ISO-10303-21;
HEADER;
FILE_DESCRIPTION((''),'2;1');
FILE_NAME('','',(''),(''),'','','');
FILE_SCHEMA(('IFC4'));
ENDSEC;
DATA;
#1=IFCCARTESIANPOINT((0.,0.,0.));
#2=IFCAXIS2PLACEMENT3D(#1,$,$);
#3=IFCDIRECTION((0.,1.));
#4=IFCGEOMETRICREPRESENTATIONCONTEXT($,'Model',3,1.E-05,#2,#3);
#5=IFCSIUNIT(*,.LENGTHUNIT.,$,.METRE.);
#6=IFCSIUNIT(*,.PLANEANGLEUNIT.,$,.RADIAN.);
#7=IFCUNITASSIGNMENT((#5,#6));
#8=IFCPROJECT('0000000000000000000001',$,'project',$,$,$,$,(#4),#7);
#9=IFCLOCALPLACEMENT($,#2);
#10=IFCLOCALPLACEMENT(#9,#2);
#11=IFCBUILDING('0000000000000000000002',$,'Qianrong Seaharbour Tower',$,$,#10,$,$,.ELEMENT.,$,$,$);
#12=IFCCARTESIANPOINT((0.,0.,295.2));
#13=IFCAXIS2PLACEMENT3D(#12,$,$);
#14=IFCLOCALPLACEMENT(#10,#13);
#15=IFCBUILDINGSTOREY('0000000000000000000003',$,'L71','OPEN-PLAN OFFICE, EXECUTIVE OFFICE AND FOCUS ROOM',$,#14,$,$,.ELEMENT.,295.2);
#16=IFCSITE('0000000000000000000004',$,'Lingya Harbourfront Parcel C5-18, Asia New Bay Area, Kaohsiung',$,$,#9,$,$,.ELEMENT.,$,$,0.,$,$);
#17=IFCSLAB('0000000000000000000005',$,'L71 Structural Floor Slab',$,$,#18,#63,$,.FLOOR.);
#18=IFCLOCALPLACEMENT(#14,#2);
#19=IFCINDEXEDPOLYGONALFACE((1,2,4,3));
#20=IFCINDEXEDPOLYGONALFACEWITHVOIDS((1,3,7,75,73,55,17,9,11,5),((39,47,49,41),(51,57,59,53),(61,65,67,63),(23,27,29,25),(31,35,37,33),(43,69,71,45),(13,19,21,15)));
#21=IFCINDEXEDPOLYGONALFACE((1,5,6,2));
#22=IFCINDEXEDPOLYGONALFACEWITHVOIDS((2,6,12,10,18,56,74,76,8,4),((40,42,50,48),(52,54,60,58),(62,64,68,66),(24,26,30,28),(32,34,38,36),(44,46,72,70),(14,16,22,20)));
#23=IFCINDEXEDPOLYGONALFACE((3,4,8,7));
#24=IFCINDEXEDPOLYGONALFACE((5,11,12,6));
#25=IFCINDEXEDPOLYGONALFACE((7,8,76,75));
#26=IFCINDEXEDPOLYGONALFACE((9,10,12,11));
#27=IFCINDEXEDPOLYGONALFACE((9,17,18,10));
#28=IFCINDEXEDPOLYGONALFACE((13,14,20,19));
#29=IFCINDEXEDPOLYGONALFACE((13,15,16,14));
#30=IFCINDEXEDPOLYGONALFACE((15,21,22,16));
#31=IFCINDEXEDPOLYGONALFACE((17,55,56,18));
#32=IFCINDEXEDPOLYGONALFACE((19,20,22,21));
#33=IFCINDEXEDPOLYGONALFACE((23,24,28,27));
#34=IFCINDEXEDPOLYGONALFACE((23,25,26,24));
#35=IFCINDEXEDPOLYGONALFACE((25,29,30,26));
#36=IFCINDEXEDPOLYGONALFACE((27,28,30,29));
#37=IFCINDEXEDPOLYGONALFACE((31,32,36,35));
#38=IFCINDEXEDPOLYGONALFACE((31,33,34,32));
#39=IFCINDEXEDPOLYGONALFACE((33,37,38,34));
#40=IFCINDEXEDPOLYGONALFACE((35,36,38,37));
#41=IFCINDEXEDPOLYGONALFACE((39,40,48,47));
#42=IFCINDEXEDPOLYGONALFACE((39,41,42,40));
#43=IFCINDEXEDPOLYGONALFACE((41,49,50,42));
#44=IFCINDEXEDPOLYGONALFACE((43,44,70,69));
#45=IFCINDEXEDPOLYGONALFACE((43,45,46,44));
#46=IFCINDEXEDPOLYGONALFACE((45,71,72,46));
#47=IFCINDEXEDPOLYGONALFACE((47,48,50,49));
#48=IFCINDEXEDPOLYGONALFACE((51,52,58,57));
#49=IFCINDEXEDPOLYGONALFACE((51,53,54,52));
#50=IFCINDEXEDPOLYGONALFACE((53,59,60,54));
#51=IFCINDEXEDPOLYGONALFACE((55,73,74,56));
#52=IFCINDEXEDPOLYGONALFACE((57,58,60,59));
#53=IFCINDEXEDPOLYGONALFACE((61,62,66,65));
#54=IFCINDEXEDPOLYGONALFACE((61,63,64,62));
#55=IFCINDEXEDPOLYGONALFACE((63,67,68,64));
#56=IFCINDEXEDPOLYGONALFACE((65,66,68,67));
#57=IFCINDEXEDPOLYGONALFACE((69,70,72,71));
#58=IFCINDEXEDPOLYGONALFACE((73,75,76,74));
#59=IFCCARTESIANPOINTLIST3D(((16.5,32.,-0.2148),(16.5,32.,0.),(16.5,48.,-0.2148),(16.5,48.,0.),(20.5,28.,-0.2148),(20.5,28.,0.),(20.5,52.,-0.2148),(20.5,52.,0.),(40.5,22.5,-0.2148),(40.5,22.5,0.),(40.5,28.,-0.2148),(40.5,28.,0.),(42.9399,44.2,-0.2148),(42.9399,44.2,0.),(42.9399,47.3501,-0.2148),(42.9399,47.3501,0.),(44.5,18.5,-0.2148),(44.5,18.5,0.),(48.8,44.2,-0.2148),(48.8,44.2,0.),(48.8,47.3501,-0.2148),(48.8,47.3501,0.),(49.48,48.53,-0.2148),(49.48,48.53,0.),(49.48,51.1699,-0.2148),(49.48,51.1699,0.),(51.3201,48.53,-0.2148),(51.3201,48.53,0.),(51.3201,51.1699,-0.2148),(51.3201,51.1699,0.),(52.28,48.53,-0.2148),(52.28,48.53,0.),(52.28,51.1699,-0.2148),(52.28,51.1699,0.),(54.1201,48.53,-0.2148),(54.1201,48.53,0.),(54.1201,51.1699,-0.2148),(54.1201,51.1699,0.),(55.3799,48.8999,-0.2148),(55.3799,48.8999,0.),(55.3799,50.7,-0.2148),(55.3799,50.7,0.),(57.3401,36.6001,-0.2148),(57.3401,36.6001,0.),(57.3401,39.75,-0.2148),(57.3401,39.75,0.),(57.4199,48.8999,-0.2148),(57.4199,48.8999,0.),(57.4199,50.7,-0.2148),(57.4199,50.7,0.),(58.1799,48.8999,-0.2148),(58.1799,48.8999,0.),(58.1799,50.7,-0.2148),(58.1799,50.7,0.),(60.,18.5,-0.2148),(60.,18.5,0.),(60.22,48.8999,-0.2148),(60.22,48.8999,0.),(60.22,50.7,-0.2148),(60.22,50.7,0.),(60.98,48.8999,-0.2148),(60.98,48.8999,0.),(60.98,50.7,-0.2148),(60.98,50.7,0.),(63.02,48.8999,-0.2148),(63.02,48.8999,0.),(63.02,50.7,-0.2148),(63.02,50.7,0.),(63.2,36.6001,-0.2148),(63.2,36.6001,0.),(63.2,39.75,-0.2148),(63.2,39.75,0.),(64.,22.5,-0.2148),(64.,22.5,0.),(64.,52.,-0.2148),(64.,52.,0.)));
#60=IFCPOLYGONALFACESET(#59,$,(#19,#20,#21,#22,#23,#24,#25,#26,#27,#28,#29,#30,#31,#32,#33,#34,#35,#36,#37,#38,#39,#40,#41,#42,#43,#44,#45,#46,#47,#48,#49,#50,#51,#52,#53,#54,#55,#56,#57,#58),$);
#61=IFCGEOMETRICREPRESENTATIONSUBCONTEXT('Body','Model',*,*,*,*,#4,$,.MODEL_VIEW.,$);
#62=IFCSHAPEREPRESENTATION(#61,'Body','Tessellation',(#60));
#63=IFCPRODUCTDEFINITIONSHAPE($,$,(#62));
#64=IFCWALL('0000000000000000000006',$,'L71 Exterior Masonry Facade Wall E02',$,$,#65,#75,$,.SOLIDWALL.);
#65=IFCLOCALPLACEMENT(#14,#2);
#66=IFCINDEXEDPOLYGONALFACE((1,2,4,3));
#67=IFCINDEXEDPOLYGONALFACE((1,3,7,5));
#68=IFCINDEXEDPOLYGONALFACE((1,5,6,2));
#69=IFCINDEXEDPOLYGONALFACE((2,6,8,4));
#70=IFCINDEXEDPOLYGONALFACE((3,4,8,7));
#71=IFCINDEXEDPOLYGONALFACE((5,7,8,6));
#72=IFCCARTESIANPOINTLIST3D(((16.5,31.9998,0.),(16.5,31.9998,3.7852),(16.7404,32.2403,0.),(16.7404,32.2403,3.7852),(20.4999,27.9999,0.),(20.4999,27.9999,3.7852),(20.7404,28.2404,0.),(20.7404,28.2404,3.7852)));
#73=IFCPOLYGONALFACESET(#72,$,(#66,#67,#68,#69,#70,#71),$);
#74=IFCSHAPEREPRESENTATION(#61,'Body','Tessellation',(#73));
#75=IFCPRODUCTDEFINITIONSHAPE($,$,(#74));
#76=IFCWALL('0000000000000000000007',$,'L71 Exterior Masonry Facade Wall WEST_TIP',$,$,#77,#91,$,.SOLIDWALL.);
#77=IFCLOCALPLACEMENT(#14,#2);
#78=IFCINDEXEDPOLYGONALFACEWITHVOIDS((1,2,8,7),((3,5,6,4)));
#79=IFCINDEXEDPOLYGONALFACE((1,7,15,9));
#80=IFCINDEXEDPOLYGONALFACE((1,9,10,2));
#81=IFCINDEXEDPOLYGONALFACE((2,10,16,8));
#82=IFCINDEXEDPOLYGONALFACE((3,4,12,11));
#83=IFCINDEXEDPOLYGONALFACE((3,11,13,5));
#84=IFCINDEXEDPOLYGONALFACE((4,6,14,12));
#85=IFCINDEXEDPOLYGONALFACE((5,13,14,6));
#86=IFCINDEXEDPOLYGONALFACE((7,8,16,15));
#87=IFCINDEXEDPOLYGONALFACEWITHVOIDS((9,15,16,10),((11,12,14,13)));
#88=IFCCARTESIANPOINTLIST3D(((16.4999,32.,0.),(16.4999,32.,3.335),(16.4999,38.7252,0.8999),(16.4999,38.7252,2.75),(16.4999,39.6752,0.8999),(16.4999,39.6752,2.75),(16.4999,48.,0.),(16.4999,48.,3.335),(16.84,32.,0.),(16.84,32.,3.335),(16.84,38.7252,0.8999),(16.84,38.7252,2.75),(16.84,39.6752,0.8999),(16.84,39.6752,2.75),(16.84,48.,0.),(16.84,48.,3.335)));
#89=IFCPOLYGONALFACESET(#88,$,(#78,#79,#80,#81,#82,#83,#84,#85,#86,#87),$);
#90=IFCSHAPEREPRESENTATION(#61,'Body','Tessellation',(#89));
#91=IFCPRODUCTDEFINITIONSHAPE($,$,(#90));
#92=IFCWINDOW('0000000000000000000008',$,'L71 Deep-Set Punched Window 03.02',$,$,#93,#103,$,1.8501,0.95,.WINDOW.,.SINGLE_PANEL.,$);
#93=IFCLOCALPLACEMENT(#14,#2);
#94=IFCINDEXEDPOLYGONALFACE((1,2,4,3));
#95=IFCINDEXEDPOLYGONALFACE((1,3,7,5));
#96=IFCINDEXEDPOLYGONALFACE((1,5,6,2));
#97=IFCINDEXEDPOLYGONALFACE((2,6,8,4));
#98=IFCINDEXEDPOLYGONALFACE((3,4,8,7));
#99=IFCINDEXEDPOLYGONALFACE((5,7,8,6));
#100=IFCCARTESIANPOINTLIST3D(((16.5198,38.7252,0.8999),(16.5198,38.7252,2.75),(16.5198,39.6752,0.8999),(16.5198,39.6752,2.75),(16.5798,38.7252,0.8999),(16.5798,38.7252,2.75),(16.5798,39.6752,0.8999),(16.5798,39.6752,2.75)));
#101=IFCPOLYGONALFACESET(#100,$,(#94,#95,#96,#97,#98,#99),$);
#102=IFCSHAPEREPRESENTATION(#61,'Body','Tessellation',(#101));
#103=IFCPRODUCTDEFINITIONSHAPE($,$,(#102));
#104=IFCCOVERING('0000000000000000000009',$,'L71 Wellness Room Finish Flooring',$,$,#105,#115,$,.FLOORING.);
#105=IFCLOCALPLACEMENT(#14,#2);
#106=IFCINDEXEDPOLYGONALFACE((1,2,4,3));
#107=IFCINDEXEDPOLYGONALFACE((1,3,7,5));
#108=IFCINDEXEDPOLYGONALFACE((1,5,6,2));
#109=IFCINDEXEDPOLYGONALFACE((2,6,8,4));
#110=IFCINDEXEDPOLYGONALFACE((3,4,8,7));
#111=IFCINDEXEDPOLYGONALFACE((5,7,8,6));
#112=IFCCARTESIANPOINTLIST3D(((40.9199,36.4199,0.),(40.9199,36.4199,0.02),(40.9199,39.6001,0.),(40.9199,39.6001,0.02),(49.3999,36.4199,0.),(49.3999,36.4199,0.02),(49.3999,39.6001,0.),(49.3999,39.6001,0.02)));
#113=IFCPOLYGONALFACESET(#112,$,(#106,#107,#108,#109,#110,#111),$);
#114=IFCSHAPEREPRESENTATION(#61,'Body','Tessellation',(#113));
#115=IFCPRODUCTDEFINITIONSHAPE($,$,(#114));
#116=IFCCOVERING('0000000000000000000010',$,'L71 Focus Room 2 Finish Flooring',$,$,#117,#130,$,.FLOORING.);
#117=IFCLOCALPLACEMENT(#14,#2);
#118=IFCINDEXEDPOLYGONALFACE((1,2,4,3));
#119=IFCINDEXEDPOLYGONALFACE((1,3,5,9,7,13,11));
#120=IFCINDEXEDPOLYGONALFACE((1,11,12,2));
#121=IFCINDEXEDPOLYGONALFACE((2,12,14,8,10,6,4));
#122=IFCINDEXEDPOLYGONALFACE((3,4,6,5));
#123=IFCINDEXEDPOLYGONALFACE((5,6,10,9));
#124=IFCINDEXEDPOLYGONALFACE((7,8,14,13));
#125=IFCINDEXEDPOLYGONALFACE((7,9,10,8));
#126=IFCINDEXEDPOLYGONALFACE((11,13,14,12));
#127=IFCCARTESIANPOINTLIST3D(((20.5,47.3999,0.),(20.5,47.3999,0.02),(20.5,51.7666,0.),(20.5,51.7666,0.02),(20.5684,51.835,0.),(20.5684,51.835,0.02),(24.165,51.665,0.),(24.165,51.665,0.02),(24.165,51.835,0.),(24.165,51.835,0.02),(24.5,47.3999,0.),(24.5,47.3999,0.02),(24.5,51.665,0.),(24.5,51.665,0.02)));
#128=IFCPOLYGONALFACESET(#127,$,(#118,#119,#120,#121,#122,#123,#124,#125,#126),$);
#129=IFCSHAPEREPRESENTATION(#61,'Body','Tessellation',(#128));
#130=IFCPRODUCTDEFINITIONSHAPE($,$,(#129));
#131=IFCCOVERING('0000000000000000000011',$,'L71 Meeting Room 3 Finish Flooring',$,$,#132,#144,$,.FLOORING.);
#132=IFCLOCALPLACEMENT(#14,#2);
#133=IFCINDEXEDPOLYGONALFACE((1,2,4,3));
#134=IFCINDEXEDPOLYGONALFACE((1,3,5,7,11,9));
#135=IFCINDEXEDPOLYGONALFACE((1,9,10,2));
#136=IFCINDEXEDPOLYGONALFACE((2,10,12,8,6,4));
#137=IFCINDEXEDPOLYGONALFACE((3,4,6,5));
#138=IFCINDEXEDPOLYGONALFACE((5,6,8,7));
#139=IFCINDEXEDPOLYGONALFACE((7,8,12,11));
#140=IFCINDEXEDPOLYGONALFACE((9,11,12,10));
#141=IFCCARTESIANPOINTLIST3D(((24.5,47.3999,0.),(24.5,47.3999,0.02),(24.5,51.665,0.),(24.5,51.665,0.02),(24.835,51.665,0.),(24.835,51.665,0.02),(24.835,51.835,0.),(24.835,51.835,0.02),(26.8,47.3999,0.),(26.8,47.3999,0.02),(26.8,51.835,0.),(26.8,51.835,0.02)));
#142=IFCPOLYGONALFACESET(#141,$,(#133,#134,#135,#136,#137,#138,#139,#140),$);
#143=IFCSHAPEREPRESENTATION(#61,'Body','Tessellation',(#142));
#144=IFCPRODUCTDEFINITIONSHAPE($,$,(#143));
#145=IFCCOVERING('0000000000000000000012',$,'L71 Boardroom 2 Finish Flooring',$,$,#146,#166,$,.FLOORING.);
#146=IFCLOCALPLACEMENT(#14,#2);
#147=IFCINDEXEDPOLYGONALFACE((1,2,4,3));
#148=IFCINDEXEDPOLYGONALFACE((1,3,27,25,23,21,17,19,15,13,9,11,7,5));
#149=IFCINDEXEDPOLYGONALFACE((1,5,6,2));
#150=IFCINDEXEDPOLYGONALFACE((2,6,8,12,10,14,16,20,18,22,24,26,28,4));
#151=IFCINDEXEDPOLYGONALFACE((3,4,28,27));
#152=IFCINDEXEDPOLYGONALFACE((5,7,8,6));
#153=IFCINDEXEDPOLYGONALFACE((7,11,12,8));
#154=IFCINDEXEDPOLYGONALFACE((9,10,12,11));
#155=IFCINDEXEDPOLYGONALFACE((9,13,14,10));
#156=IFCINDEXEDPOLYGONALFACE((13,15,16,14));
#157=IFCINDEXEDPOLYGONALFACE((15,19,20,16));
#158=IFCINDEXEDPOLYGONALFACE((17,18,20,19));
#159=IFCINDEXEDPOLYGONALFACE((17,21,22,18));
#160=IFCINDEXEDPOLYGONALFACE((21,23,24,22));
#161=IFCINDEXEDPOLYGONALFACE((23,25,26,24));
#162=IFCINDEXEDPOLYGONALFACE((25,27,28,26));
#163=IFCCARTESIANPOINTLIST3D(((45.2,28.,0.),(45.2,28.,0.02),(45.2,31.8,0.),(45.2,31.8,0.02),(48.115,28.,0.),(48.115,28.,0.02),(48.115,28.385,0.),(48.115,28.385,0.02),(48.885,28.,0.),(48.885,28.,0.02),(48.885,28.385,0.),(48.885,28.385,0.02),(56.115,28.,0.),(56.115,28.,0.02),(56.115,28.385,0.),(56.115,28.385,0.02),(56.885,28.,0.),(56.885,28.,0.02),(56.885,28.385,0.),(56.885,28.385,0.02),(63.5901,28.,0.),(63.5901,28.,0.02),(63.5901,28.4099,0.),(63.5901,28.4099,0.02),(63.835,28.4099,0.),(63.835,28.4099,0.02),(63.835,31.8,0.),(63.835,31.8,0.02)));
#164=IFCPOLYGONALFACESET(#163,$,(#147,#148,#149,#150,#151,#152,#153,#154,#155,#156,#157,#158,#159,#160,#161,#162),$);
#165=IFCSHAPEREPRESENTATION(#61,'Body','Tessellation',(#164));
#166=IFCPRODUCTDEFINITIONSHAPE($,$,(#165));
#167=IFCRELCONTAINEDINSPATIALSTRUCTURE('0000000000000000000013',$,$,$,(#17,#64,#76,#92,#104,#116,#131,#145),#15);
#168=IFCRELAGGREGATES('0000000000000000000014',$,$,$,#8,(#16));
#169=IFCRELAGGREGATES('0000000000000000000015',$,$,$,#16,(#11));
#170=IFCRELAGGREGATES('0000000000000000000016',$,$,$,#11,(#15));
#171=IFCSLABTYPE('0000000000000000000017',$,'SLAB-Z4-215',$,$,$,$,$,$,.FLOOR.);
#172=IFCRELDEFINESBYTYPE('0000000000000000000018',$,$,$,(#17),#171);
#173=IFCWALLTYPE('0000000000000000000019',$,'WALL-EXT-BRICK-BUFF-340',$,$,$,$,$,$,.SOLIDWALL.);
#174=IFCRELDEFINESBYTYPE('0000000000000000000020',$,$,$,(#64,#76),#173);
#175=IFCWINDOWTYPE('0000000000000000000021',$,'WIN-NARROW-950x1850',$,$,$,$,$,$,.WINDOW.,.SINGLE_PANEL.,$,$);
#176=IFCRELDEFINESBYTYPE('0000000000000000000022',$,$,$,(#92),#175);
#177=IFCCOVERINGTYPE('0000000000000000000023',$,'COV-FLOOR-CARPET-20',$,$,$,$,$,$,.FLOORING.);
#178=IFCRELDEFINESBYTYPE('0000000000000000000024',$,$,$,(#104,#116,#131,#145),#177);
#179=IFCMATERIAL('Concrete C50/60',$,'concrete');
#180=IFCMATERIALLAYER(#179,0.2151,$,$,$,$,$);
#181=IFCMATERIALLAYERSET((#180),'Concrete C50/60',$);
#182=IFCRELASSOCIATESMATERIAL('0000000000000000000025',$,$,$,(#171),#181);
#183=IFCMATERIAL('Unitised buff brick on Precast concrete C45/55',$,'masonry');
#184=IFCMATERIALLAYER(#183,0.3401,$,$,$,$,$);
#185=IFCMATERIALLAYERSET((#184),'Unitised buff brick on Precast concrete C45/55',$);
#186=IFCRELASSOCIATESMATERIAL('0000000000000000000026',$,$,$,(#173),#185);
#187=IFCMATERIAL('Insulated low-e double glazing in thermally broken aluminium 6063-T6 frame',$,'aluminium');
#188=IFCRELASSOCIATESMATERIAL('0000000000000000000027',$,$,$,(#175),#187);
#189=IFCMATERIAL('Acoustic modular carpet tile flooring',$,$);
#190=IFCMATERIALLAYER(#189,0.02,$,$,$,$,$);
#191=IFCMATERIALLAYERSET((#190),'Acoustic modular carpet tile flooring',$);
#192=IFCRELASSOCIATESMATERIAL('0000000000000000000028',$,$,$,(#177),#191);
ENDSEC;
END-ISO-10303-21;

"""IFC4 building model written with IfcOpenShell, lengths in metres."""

from ifc_helpers import new_model, si_unit, direction, frame, frame_2d, origin, place, context, subcontext, project, spatial, polyline, rectangle, outline, extrude, material, layer, layer_set, type_object, element, fill, save


model = new_model("IFC4")

# Units and contexts
model_context = context("Model", 3, precision=1e-05, world=origin(), true_north=direction((0.0, 1.0)))
body_context = subcontext(model_context, "Body", "Model", "MODEL_VIEW")
ifc_project = project(units=[si_unit("LENGTHUNIT", "METRE"), si_unit("PLANEANGLEUNIT", "RADIAN")], contexts=[model_context])

# Site, building, storey
site_placement = place(None, origin())
site = spatial("IfcSite", under=ifc_project, at=site_placement, Name="Lingya Harbourfront Parcel C5-18, Asia New Bay Area, Kaohsiung", CompositionType="ELEMENT", RefElevation=0.0)
building_placement = place(site_placement, origin())
building = spatial("IfcBuilding", under=site, at=building_placement, Name="Qianrong Seaharbour Tower", CompositionType="ELEMENT")
storey_placement = place(building_placement, frame((0.0, 0.0, 295.2)))
storey = spatial("IfcBuildingStorey", under=building, at=storey_placement, Name="L71", Description="OPEN-PLAN OFFICE, EXECUTIVE OFFICE AND FOCUS ROOM", CompositionType="ELEMENT", Elevation=295.2)

# Shared definitions
ifc_material_1 = material(Name="Concrete C50/60", Category="concrete")

# Slab
ifc_layer_1 = layer(ifc_material_1, 0.2151)
ifc_layer_set_1 = layer_set([ifc_layer_1], Name="Concrete C50/60")
slab_type_1 = type_object("IfcSlabType", Name="SLAB-Z4-215", PredefinedType="FLOOR", material=ifc_layer_set_1)
slab_1_placement = place(storey_placement, frame((0.0, 0.0, -0.2148)))
element("IfcSlab", 1, at=slab_1_placement, inside=storey, type_object=slab_type_1, Name="L71 Structural Floor Slab", PredefinedType="FLOOR", context=body_context, shape_type="SweptSolid", body=[
    extrude(outline(polyline([(44.5, 18.5), (60.0, 18.5), (64.0, 22.5), (64.0, 52.0), (20.5, 52.0), (16.5, 48.0), (16.5, 32.0), (20.5, 28.0), (40.5, 28.0), (40.5, 22.5), (44.5, 18.5)]), holes=[polyline([(42.9399, 44.2), (42.9399, 47.3501), (48.8, 47.3501), (48.8, 44.2), (42.9399, 44.2)]), polyline([(57.3401, 36.6001), (57.3401, 39.75), (63.2, 39.75), (63.2, 36.6001), (57.3401, 36.6001)]), polyline([(49.48, 48.53), (49.48, 51.1699), (51.3201, 51.1699), (51.3201, 48.53), (49.48, 48.53)]), polyline([(52.28, 48.53), (52.28, 51.1699), (54.1201, 51.1699), (54.1201, 48.53), (52.28, 48.53)]), polyline([(55.3799, 48.8999), (55.3799, 50.7), (57.4199, 50.7), (57.4199, 48.8999), (55.3799, 48.8999)]), polyline([(58.1799, 48.8999), (58.1799, 50.7), (60.22, 50.7), (60.22, 48.8999), (58.1799, 48.8999)]), polyline([(60.98, 48.8999), (60.98, 50.7), (63.02, 50.7), (63.02, 48.8999), (60.98, 48.8999)])]), origin(), (0.0, 0.0, 1.0), 0.2148),
])

# Wall
ifc_material_2 = material(Name="Unitised buff brick on Precast concrete C45/55", Category="masonry")
ifc_layer_2 = layer(ifc_material_2, 0.3401)
ifc_layer_set_2 = layer_set([ifc_layer_2], Name="Unitised buff brick on Precast concrete C45/55")
wall_type = type_object("IfcWallType", Name="WALL-EXT-BRICK-BUFF-340", PredefinedType="SOLIDWALL", material=ifc_layer_set_2)
wall_1_placement = place(storey_placement, frame((20.6201, 28.1201, 0.0), z_axis=(0.0, 0.0, 1.0), x_axis=(-0.707107, 0.707107, 0.0)))
element("IfcWall", 2, at=wall_1_placement, inside=storey, type_object=wall_type, Name="L71 Exterior Masonry Facade Wall E02", PredefinedType="SOLIDWALL", context=body_context, shape_type="SweptSolid", body=[
    extrude(rectangle(XDim=5.6567, YDim=0.3401, at=frame_2d((2.8284, 0.0))), origin(), (0.0, 0.0, 1.0), 3.7852),
])

# Wall, opening, window
wall_2_placement = place(storey_placement, frame((16.6699, 32.0, 0.0), z_axis=(0.0, 0.0, 1.0), x_axis=(0.0, 1.0, 0.0)))
wall_2 = element("IfcWall", 3, at=wall_2_placement, inside=storey, type_object=wall_type, Name="L71 Exterior Masonry Facade Wall WEST_TIP", PredefinedType="SOLIDWALL", context=body_context, shape_type="SweptSolid", body=[
    extrude(rectangle(XDim=16.0, YDim=0.3401, at=frame_2d((8.0, 0.0))), origin(), (0.0, 0.0, 1.0), 3.335),
])
opening_placement = place(wall_2_placement, frame((6.7251, 0.0, 0.8999)))
opening = element("IfcOpeningElement", 4, at=opening_placement, cuts=wall_2, PredefinedType="OPENING", context=body_context, shape_type="SweptSolid", body=[
    extrude(rectangle(XDim=0.95, YDim=1.8501, at=frame_2d((0.4751, 0.925))), frame((0.0, 0.1802, 0.0), z_axis=(0.0, -1.0, 0.0), x_axis=(1.0, 0.0, 0.0)), (0.0, 0.0, 1.0), 0.3601),
])
ifc_material_3 = material(Name="Insulated low-e double glazing in thermally broken aluminium 6063-T6 frame", Category="aluminium")
window_type = type_object("IfcWindowType", Name="WIN-NARROW-950x1850", PartitioningType="SINGLE_PANEL", PredefinedType="WINDOW", material=ifc_material_3)
window_placement = place(opening_placement, origin())
window = element("IfcWindow", 5, at=window_placement, inside=storey, type_object=window_type, Name="L71 Deep-Set Punched Window 03.02", OverallHeight=1.8501, OverallWidth=0.95, PartitioningType="SINGLE_PANEL", PredefinedType="WINDOW", context=body_context, shape_type="SweptSolid", body=[
    extrude(rectangle(XDim=0.95, YDim=1.8501, at=frame_2d((0.4751, 0.925))), frame((0.0, 0.1501, 0.0), z_axis=(0.0, -1.0, 0.0), x_axis=(1.0, 0.0, 0.0)), (0.0, 0.0, 1.0), 0.0601),
])
fill(opening, window)

# Coverings
ifc_material_4 = material(Name="Acoustic modular carpet tile flooring")
ifc_layer_3 = layer(ifc_material_4, 0.02)
ifc_layer_set_3 = layer_set([ifc_layer_3], Name="Acoustic modular carpet tile flooring")
covering_type_1 = type_object("IfcCoveringType", Name="COV-FLOOR-CARPET-20", PredefinedType="FLOORING", material=ifc_layer_set_3)
covering_1_placement = place(storey_placement, origin())
element("IfcCovering", 6, at=covering_1_placement, inside=storey, type_object=covering_type_1, Name="L71 Wellness Room Finish Flooring", PredefinedType="FLOORING", context=body_context, shape_type="SweptSolid", body=[
    extrude(outline(polyline([(49.3999, 39.6001), (49.3999, 36.4199), (40.9199, 36.4199), (40.9199, 39.6001), (49.3999, 39.6001)])), origin(), (0.0, 0.0, 1.0), 0.02),
])
covering_2_placement = place(storey_placement, origin())
element("IfcCovering", 7, at=covering_2_placement, inside=storey, type_object=covering_type_1, Name="L71 Focus Room 2 Finish Flooring", PredefinedType="FLOORING", context=body_context, shape_type="SweptSolid", body=[
    extrude(outline(polyline([(20.5, 51.7666), (20.5684, 51.835), (24.165, 51.835), (24.165, 51.665), (24.5, 51.665), (24.5, 47.3999), (20.5, 47.3999), (20.5, 51.7666)])), origin(), (0.0, 0.0, 1.0), 0.02),
])
covering_3_placement = place(storey_placement, origin())
element("IfcCovering", 8, at=covering_3_placement, inside=storey, type_object=covering_type_1, Name="L71 Meeting Room 3 Finish Flooring", PredefinedType="FLOORING", context=body_context, shape_type="SweptSolid", body=[
    extrude(outline(polyline([(24.5, 51.665), (24.835, 51.665), (24.835, 51.835), (26.8, 51.835), (26.8, 47.3999), (24.5, 47.3999), (24.5, 51.665)])), origin(), (0.0, 0.0, 1.0), 0.02),
])
covering_4_placement = place(storey_placement, origin())
element("IfcCovering", 9, at=covering_4_placement, inside=storey, type_object=covering_type_1, Name="L71 Boardroom 2 Finish Flooring", PredefinedType="FLOORING", context=body_context, shape_type="SweptSolid", body=[
    extrude(outline(polyline([(63.835, 31.8), (63.835, 28.4099), (63.5901, 28.4099), (63.5901, 28.0), (56.885, 28.0), (56.885, 28.385), (56.115, 28.385), (56.115, 28.0), (48.885, 28.0), (48.885, 28.385), (48.115, 28.385), (48.115, 28.0), (45.2, 28.0), (45.2, 31.8), (63.835, 31.8)])), origin(), (0.0, 0.0, 1.0), 0.02),
])

save(model, "model.ifc")
